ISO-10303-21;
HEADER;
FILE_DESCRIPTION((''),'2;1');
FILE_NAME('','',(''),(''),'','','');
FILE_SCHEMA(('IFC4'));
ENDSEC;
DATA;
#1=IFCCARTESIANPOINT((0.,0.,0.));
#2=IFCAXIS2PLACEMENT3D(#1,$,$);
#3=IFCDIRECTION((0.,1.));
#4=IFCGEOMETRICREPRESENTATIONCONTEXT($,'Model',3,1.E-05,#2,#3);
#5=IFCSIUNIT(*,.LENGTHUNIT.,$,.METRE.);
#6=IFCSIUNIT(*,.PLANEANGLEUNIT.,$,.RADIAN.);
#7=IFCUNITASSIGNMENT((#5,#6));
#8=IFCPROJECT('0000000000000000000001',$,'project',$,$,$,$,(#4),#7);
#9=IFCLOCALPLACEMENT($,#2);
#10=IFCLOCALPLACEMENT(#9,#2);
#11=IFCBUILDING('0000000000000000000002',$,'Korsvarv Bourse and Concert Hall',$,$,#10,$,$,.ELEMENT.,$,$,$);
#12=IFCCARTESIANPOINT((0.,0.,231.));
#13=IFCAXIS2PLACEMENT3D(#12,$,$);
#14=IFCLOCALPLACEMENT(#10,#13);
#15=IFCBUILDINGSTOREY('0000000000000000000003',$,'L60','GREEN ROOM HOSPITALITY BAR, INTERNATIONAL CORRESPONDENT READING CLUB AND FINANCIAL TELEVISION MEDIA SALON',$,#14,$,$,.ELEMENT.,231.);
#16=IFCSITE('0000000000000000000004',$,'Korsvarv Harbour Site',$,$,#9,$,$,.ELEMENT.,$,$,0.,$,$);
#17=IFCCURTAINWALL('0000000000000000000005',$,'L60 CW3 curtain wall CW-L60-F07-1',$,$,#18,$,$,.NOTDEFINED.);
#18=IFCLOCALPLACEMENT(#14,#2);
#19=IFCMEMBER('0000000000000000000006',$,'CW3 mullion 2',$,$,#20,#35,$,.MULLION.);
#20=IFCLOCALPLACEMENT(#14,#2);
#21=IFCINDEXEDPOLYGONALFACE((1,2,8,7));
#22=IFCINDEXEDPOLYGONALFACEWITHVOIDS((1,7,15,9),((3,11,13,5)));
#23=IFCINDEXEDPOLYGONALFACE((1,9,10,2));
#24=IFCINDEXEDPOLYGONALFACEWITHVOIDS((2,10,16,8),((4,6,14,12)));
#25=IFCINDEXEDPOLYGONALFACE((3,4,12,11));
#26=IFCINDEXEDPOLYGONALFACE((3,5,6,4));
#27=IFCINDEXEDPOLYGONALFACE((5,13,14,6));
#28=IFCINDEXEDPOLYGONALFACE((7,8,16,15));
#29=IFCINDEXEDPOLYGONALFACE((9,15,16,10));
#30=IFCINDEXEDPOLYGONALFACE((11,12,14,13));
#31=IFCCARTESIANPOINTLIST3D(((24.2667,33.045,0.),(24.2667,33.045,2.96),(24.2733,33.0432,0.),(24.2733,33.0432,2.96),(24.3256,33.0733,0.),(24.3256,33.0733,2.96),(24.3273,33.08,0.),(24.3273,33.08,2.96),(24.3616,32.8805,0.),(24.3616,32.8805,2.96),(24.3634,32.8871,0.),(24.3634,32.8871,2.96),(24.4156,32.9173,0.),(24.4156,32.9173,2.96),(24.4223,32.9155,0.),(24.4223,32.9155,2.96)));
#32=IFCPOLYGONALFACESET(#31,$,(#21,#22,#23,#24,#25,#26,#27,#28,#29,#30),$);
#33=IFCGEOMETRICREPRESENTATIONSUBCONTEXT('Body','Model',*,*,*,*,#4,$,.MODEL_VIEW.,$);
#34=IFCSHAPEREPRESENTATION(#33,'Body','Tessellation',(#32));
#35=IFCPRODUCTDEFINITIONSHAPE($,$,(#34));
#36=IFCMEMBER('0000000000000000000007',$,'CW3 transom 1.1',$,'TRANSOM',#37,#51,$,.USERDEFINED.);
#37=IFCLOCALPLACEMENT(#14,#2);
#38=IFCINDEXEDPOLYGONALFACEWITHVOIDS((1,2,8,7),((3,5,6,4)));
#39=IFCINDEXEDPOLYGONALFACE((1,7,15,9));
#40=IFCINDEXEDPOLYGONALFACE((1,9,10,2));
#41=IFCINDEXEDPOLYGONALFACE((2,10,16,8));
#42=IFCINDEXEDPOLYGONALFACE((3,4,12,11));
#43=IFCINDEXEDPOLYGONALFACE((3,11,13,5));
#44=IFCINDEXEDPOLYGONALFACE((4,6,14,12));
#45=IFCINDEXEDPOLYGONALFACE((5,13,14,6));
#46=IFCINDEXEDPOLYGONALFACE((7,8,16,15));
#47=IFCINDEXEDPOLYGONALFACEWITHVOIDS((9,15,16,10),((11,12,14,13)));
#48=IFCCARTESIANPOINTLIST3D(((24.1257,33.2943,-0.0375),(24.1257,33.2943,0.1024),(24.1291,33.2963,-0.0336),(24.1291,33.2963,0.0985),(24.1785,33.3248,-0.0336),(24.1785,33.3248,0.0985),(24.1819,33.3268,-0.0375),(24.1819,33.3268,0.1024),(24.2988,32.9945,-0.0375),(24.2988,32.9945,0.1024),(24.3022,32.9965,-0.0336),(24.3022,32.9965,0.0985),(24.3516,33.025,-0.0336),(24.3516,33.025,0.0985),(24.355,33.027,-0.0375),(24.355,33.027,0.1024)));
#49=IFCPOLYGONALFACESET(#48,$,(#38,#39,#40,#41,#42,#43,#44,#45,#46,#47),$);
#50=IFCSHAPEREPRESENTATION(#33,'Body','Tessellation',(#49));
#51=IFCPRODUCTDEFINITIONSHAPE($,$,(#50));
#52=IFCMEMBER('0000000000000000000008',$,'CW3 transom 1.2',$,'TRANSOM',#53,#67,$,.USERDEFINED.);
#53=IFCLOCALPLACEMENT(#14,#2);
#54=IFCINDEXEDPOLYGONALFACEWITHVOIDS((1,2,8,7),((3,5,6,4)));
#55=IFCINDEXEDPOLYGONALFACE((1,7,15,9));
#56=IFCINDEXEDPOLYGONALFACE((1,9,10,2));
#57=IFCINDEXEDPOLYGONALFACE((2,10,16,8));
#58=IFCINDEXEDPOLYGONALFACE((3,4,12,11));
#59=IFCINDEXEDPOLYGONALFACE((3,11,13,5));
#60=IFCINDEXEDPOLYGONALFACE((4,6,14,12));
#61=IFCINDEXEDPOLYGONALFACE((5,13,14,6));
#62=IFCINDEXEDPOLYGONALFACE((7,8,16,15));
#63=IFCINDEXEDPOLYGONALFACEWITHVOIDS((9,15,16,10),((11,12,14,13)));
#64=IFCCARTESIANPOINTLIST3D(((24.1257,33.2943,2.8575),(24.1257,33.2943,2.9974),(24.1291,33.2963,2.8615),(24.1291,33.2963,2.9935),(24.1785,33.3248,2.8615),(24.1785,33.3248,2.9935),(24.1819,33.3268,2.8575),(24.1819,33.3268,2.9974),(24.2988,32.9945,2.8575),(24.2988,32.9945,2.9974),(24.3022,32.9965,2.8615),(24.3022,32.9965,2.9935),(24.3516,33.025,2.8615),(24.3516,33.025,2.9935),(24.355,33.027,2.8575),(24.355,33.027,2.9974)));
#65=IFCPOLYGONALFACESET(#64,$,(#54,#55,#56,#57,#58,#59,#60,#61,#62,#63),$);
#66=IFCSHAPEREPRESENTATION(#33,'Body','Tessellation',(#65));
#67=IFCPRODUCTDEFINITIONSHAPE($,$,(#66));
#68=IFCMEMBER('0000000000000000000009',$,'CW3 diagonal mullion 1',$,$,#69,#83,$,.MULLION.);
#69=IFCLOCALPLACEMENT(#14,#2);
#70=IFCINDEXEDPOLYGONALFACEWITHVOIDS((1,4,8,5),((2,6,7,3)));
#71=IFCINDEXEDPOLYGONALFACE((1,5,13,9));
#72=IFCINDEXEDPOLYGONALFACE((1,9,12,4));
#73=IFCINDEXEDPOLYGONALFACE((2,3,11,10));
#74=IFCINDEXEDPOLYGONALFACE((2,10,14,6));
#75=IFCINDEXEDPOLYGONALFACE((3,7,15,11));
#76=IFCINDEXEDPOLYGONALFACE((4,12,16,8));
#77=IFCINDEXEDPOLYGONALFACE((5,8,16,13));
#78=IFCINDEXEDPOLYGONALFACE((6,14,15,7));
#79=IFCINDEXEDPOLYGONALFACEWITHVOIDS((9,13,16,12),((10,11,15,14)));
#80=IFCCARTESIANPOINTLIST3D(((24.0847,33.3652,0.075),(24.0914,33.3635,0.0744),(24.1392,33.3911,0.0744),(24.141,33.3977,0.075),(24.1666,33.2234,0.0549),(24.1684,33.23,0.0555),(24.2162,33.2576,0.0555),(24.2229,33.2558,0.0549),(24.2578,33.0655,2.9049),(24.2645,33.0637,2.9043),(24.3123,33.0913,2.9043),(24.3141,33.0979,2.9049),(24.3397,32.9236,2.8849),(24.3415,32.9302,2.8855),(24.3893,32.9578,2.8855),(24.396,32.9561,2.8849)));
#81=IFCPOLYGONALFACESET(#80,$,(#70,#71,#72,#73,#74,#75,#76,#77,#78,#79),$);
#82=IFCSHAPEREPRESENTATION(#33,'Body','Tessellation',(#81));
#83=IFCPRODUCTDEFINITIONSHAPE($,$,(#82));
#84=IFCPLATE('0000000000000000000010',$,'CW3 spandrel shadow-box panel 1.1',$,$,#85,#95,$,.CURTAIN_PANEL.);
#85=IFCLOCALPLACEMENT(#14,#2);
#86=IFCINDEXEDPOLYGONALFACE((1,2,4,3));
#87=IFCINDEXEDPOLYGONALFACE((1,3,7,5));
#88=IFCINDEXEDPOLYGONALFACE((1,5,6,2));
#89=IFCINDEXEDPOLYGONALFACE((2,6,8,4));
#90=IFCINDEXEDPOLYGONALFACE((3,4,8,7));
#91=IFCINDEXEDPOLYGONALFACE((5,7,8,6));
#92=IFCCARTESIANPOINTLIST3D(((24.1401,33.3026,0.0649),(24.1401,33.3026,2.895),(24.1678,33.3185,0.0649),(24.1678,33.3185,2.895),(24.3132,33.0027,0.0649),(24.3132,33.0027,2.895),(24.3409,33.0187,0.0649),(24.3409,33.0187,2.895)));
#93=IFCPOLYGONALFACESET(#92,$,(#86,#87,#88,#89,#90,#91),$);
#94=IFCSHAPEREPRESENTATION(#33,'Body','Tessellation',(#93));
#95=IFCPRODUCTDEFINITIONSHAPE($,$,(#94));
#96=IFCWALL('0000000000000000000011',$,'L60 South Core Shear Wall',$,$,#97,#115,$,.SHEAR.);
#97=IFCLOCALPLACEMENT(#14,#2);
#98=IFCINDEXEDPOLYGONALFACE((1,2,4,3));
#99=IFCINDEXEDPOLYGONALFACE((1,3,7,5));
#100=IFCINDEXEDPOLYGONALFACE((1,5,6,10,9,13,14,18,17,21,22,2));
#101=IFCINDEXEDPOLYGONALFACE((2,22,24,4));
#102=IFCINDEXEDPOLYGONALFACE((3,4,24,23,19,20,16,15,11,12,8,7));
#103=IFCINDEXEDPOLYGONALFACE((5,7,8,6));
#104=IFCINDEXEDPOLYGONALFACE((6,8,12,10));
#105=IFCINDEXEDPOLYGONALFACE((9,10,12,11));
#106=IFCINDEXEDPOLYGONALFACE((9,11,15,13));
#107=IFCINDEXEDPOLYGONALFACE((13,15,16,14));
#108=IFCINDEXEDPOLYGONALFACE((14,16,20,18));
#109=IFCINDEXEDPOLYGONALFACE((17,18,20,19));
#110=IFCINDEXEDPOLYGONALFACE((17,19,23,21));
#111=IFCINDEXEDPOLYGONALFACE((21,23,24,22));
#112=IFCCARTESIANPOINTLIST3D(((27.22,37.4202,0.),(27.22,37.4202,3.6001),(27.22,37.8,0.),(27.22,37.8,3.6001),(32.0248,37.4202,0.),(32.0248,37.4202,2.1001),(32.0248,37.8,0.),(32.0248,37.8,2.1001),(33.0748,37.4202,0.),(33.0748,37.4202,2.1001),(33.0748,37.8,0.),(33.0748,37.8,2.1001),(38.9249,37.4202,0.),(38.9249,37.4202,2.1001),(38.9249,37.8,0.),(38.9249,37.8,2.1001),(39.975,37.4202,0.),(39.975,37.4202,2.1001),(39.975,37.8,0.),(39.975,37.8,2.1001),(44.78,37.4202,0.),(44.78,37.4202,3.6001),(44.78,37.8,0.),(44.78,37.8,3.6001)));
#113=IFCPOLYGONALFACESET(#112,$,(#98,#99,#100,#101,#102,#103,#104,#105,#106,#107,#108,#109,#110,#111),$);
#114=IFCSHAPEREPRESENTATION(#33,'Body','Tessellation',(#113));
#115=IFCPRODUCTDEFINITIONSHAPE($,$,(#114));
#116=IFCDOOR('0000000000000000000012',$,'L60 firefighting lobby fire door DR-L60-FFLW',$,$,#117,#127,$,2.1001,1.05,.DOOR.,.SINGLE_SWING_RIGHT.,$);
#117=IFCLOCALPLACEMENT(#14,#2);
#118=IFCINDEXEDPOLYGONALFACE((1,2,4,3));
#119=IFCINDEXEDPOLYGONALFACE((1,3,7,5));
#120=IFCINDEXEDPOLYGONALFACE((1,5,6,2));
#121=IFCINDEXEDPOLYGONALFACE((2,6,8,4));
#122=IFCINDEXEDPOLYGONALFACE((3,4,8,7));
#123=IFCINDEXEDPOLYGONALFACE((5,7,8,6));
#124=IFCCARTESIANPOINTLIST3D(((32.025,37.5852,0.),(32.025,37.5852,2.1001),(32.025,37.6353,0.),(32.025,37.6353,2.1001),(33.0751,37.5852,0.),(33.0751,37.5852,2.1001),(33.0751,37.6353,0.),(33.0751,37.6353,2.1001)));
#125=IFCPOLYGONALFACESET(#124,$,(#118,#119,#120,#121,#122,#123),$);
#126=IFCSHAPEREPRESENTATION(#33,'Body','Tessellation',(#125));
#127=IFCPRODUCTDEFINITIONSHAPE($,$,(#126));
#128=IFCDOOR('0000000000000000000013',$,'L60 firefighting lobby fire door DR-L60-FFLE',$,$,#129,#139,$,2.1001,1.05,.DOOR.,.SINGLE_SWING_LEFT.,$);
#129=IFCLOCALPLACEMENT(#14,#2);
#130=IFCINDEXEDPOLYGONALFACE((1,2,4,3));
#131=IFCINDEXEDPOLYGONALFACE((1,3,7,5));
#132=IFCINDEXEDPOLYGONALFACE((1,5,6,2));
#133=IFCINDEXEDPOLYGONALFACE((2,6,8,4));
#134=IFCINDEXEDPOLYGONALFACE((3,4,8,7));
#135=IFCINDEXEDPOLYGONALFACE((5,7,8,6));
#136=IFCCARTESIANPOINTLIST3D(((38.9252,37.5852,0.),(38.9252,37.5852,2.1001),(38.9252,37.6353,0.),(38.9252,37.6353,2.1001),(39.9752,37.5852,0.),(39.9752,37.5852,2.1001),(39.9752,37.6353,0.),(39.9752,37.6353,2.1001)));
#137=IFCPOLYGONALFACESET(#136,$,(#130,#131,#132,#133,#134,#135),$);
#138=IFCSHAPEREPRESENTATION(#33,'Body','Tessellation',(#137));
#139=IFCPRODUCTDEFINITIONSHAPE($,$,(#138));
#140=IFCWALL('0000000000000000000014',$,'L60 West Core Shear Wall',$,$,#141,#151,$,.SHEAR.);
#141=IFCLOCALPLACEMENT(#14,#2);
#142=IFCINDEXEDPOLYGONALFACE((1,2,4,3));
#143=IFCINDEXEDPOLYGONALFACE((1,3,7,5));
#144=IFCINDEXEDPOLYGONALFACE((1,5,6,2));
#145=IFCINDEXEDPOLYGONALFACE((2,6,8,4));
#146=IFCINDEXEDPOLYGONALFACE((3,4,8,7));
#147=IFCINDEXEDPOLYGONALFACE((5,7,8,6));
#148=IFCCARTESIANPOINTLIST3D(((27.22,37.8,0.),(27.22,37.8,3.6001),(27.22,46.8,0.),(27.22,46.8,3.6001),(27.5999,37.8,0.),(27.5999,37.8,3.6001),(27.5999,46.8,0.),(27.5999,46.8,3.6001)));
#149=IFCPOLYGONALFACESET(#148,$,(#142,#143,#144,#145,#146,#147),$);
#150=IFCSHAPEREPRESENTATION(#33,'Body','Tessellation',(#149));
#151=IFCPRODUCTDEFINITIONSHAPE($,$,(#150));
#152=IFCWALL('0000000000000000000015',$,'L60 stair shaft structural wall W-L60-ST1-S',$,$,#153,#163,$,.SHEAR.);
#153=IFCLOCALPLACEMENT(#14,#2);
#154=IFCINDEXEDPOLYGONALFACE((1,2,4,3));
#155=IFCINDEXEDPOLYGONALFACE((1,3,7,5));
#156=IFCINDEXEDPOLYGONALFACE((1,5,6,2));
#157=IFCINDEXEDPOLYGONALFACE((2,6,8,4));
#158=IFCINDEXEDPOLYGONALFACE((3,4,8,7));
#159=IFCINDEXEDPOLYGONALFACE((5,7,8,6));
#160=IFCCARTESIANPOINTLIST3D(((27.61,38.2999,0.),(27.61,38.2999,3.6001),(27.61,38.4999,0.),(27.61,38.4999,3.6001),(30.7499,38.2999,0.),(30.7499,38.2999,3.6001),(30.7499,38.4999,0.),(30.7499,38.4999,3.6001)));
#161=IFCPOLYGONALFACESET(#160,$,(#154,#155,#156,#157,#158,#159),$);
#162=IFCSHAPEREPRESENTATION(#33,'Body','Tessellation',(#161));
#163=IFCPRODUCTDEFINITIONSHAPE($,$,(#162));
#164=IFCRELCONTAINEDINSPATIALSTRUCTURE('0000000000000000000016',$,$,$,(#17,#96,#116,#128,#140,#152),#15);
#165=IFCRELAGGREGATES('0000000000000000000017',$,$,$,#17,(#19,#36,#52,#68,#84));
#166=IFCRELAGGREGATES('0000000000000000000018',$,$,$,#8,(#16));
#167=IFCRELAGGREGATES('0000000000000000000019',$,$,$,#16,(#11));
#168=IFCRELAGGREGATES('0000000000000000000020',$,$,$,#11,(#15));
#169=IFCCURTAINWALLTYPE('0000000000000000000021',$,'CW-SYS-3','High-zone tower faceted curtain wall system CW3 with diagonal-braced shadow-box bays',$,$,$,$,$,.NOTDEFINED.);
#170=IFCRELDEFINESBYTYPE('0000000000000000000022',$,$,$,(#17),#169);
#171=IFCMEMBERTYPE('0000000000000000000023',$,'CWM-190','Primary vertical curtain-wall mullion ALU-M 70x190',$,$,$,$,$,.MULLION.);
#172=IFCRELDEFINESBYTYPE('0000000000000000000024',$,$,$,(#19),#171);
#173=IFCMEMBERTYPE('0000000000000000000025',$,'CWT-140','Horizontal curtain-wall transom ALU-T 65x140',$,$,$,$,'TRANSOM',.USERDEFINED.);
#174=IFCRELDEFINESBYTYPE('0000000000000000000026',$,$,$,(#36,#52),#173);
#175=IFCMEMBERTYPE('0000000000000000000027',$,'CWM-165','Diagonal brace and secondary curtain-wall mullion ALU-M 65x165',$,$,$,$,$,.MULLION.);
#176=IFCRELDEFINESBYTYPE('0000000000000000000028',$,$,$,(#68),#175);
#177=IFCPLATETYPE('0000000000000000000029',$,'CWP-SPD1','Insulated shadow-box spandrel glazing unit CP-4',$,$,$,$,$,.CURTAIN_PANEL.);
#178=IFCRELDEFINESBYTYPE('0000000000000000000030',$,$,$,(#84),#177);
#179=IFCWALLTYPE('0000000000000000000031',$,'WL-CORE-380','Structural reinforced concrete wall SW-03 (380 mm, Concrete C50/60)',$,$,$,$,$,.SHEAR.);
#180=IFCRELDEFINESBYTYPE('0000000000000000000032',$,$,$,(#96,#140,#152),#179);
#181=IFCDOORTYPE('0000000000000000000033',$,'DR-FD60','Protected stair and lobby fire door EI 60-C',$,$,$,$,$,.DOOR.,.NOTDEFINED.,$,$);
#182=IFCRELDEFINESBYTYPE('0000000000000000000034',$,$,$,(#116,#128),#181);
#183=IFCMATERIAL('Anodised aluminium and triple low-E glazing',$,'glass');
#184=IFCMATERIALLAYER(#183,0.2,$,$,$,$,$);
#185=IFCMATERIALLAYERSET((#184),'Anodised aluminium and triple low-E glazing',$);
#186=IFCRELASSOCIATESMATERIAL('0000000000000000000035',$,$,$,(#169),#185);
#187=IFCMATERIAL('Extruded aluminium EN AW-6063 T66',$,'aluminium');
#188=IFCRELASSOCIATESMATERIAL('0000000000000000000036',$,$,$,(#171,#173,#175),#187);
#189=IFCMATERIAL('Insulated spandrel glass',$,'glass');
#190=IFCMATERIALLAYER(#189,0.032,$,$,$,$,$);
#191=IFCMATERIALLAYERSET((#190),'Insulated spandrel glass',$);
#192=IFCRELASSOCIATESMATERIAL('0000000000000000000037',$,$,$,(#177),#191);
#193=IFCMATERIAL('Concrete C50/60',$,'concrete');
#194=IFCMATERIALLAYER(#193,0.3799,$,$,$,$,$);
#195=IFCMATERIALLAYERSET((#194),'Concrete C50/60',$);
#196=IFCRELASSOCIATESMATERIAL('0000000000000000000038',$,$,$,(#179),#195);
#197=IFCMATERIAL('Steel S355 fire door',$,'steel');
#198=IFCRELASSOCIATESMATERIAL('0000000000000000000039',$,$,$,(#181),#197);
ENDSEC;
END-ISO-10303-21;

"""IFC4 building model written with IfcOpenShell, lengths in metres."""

from ifc_helpers import new_model, si_unit, direction, frame, frame_2d, origin, origin_2d, place, context, subcontext, project, spatial, rectangle, hollow_rectangle, extrude, source, transform, mapped, material, layer, layer_set, material_profile, profile_set, type_object, element, fill, aggregate, save


model = new_model("IFC4")

# Units and contexts
model_context = context("Model", 3, precision=1e-05, world=origin(), true_north=direction((0.0, 1.0)))
body_context = subcontext(model_context, "Body", "Model", "MODEL_VIEW")
ifc_project = project(units=[si_unit("LENGTHUNIT", "METRE"), si_unit("PLANEANGLEUNIT", "RADIAN")], contexts=[model_context])

# Site, building, storey
site_placement = place(None, origin())
site = spatial("IfcSite", under=ifc_project, at=site_placement, Name="Korsvarv Harbour Site", CompositionType="ELEMENT", RefElevation=0.0)
building_placement = place(site_placement, origin())
building = spatial("IfcBuilding", under=site, at=building_placement, Name="Korsvarv Bourse and Concert Hall", CompositionType="ELEMENT")
storey_placement = place(building_placement, frame((0.0, 0.0, 231.0)))
storey = spatial("IfcBuildingStorey", under=building, at=storey_placement, Name="L60", Description="GREEN ROOM HOSPITALITY BAR, INTERNATIONAL CORRESPONDENT READING CLUB AND FINANCIAL TELEVISION MEDIA SALON", CompositionType="ELEMENT", Elevation=231.0)

# Curtain wall, members, plate
ifc_material_1 = material(Name="Anodised aluminium and triple low-E glazing", Category="glass")
ifc_layer_1 = layer(ifc_material_1, 0.2)
ifc_layer_set_1 = layer_set([ifc_layer_1], Name="Anodised aluminium and triple low-E glazing")
curtain_wall_type = type_object("IfcCurtainWallType", Name="CW-SYS-3", Description="High-zone tower faceted curtain wall system CW3 with diagonal-braced shadow-box bays", PredefinedType="NOTDEFINED", material=ifc_layer_set_1)
curtain_wall_placement = place(storey_placement, origin())
curtain_wall = element("IfcCurtainWall", 1, at=curtain_wall_placement, inside=storey, type_object=curtain_wall_type, Name="L60 CW3 curtain wall CW-L60-F07-1", PredefinedType="NOTDEFINED")
ifc_material_2 = material(Name="Extruded aluminium EN AW-6063 T66", Category="aluminium")
ifc_material_profile_1 = material_profile(ifc_material_2, hollow_rectangle(XDim=0.0701, YDim=0.1899, WallThickness=0.0049, at=origin_2d()), Name="ALU-M 70x190")
ifc_profile_set_1 = profile_set([ifc_material_profile_1], Name="Extruded aluminium EN AW-6063 T66")
member_type_1 = type_object("IfcMemberType", Name="CWM-190", Description="Primary vertical curtain-wall mullion ALU-M 70x190", PredefinedType="MULLION", material=ifc_profile_set_1)
shared_shape_1 = source(origin(), body_context, "Body", "SweptSolid", [
    extrude(hollow_rectangle(XDim=0.0701, YDim=0.1899, WallThickness=0.0049, at=origin_2d()), origin(), (0.0, 0.0, 1.0), 2.96),
])
member_1_placement = place(storey_placement, frame((24.3445, 32.9802, 0.0), z_axis=(0.0, 0.0, 1.0), x_axis=(0.866045, 0.499966, 0.0)))
member_1 = element("IfcMember", 2, at=member_1_placement, type_object=member_type_1, Name="CW3 mullion 2", PredefinedType="MULLION", context=body_context, shape_type="MappedRepresentation", body=[
    mapped(shared_shape_1, transform((0.0, 0.0, 0.0), scale=1.0)),
])
ifc_material_profile_2 = material_profile(ifc_material_2, hollow_rectangle(XDim=0.0649, YDim=0.1399, WallThickness=0.0039, at=origin_2d()), Name="ALU-T 65x140")
ifc_profile_set_2 = profile_set([ifc_material_profile_2], Name="Extruded aluminium EN AW-6063 T66")
member_type_2 = type_object("IfcMemberType", Name="CWT-140", Description="Horizontal curtain-wall transom ALU-T 65x140", ElementType="TRANSOM", PredefinedType="USERDEFINED", material=ifc_profile_set_2)
shared_shape_2 = source(origin(), body_context, "Body", "SweptSolid", [
    extrude(hollow_rectangle(XDim=0.0649, YDim=0.1399, WallThickness=0.0039, at=origin_2d()), origin(), (0.0, 0.0, 1.0), 0.3462),
])
member_2_placement = place(storey_placement, frame((24.1538, 33.3105, 0.0325), z_axis=(0.500007, -0.866021, 0.0), x_axis=(0.866021, 0.500007, 0.0)))
member_2 = element("IfcMember", 3, at=member_2_placement, type_object=member_type_2, Name="CW3 transom 1.1", ObjectType="TRANSOM", PredefinedType="USERDEFINED", context=body_context, shape_type="MappedRepresentation", body=[
    mapped(shared_shape_2, transform((0.0, 0.0, 0.0), scale=1.0)),
])
member_3_placement = place(storey_placement, frame((24.1538, 33.3105, 2.9275), z_axis=(0.500007, -0.866021, 0.0), x_axis=(0.866021, 0.500007, 0.0)))
member_3 = element("IfcMember", 4, at=member_3_placement, type_object=member_type_2, Name="CW3 transom 1.2", ObjectType="TRANSOM", PredefinedType="USERDEFINED", context=body_context, shape_type="MappedRepresentation", body=[
    mapped(shared_shape_2, transform((0.0, 0.0, 0.0), scale=1.0)),
])
ifc_material_profile_3 = material_profile(ifc_material_2, hollow_rectangle(XDim=0.0649, YDim=0.165, WallThickness=0.0049, at=origin_2d()), Name="ALU-M 65x165")
ifc_profile_set_3 = profile_set([ifc_material_profile_3], Name="Extruded aluminium EN AW-6063 T66")
member_type_3 = type_object("IfcMemberType", Name="CWM-165", Description="Diagonal brace and secondary curtain-wall mullion ALU-M 65x165", PredefinedType="MULLION", material=ifc_profile_set_3)
shared_shape_3 = source(origin(), body_context, "Body", "SweptSolid", [
    extrude(hollow_rectangle(XDim=0.0649, YDim=0.165, WallThickness=0.0049, at=origin_2d()), origin(), (0.0, 0.0, 1.0), 2.8511),
])
member_4_placement = place(storey_placement, frame((24.1538, 33.3105, 0.0649), z_axis=(0.06071, -0.105151, 0.992601), x_axis=(0.866021, 0.500007, 0.0)))
member_4 = element("IfcMember", 5, at=member_4_placement, type_object=member_type_3, Name="CW3 diagonal mullion 1", PredefinedType="MULLION", context=body_context, shape_type="MappedRepresentation", body=[
    mapped(shared_shape_3, transform((0.0, 0.0, 0.0), scale=1.0)),
])
ifc_material_3 = material(Name="Insulated spandrel glass", Category="glass")
ifc_layer_2 = layer(ifc_material_3, 0.032)
ifc_layer_set_2 = layer_set([ifc_layer_2], Name="Insulated spandrel glass")
plate_type = type_object("IfcPlateType", Name="CWP-SPD1", Description="Insulated shadow-box spandrel glazing unit CP-4", PredefinedType="CURTAIN_PANEL", material=ifc_layer_set_2)
shared_shape_4 = source(origin(), body_context, "Body", "SweptSolid", [
    extrude(rectangle(XDim=0.3462, YDim=0.032, at=origin_2d()), origin(), (0.0, 0.0, 1.0), 2.8301),
])
plate_placement = place(storey_placement, frame((24.2405, 33.1606, 0.0649), z_axis=(0.0, 0.0, 1.0), x_axis=(0.499966, -0.866045, 0.0)))
plate = element("IfcPlate", 6, at=plate_placement, type_object=plate_type, Name="CW3 spandrel shadow-box panel 1.1", PredefinedType="CURTAIN_PANEL", context=body_context, shape_type="MappedRepresentation", body=[
    mapped(shared_shape_4, transform((0.0, 0.0, 0.0), scale=1.0)),
])
aggregate(curtain_wall, [member_1, member_2, member_3, member_4, plate])

# Wall, openings, doors
ifc_material_4 = material(Name="Concrete C50/60", Category="concrete")
ifc_layer_3 = layer(ifc_material_4, 0.3799)
ifc_layer_set_3 = layer_set([ifc_layer_3], Name="Concrete C50/60")
wall_type_1 = type_object("IfcWallType", Name="WL-CORE-380", Description="Structural reinforced concrete wall SW-03 (380 mm, Concrete C50/60)", PredefinedType="SHEAR", material=ifc_layer_set_3)
wall_1_placement = place(storey_placement, frame((27.22, 37.6101, 0.0), z_axis=(0.0, 0.0, 1.0), x_axis=(1.0, 0.0, 0.0)))
wall_1 = element("IfcWall", 7, at=wall_1_placement, inside=storey, type_object=wall_type_1, Name="L60 South Core Shear Wall", PredefinedType="SHEAR", context=body_context, shape_type="SweptSolid", body=[
    extrude(rectangle(XDim=17.5601, YDim=0.3799, at=frame_2d((8.78, 0.0))), origin(), (0.0, 0.0, 1.0), 3.6001),
])
opening_1_placement = place(wall_1_placement, frame((4.8049, 0.0, 0.0)))
opening_1 = element("IfcOpeningElement", 8, at=opening_1_placement, cuts=wall_1, PredefinedType="OPENING", context=body_context, shape_type="SweptSolid", body=[
    extrude(rectangle(XDim=1.05, YDim=2.1001, at=frame_2d((0.5249, 1.05))), frame((0.0, 0.2, 0.0), z_axis=(0.0, -1.0, 0.0), x_axis=(1.0, 0.0, 0.0)), (0.0, 0.0, 1.0), 0.3999),
])
opening_2_placement = place(wall_1_placement, frame((11.7051, 0.0, 0.0)))
opening_2 = element("IfcOpeningElement", 9, at=opening_2_placement, cuts=wall_1, PredefinedType="OPENING", context=body_context, shape_type="SweptSolid", body=[
    extrude(rectangle(XDim=1.05, YDim=2.1001, at=frame_2d((0.5249, 1.05))), frame((0.0, 0.2, 0.0), z_axis=(0.0, -1.0, 0.0), x_axis=(1.0, 0.0, 0.0)), (0.0, 0.0, 1.0), 0.3999),
])
ifc_material_5 = material(Name="Steel S355 fire door", Category="steel")
door_type = type_object("IfcDoorType", Name="DR-FD60", Description="Protected stair and lobby fire door EI 60-C", OperationType="NOTDEFINED", PredefinedType="DOOR", material=ifc_material_5)
door_1_placement = place(opening_1_placement, frame((1.05, 0.0, 0.0), z_axis=(0.0, 0.0, 1.0), x_axis=(-1.0, 0.0, 0.0)))
door_1 = element("IfcDoor", 10, at=door_1_placement, inside=storey, type_object=door_type, Name="L60 firefighting lobby fire door DR-L60-FFLW", OperationType="SINGLE_SWING_RIGHT", OverallHeight=2.1001, OverallWidth=1.05, PredefinedType="DOOR", context=body_context, shape_type="SweptSolid", body=[
    extrude(rectangle(XDim=1.05, YDim=2.1001, at=frame_2d((0.5249, 1.05))), frame((0.0, 0.0249, 0.0), z_axis=(0.0, -1.0, 0.0), x_axis=(1.0, 0.0, 0.0)), (0.0, 0.0, 1.0), 0.05),
])
fill(opening_1, door_1)
door_2_placement = place(opening_2_placement, frame((1.05, 0.0, 0.0), z_axis=(0.0, 0.0, 1.0), x_axis=(-1.0, 0.0, 0.0)))
door_2 = element("IfcDoor", 11, at=door_2_placement, inside=storey, type_object=door_type, Name="L60 firefighting lobby fire door DR-L60-FFLE", OperationType="SINGLE_SWING_LEFT", OverallHeight=2.1001, OverallWidth=1.05, PredefinedType="DOOR", context=body_context, shape_type="SweptSolid", body=[
    extrude(rectangle(XDim=1.05, YDim=2.1001, at=frame_2d((0.5249, 1.05))), frame((0.0, 0.0249, 0.0), z_axis=(0.0, -1.0, 0.0), x_axis=(1.0, 0.0, 0.0)), (0.0, 0.0, 1.0), 0.05),
])
fill(opening_2, door_2)

# Walls
wall_2_placement = place(storey_placement, frame((27.4099, 37.8, 0.0), z_axis=(0.0, 0.0, 1.0), x_axis=(0.0, 1.0, 0.0)))
element("IfcWall", 12, at=wall_2_placement, inside=storey, type_object=wall_type_1, Name="L60 West Core Shear Wall", PredefinedType="SHEAR", context=body_context, shape_type="SweptSolid", body=[
    extrude(rectangle(XDim=9.0, YDim=0.3799, at=frame_2d((4.5, 0.0))), origin(), (0.0, 0.0, 1.0), 3.6001),
])
wall_3_placement = place(storey_placement, frame((27.6101, 38.3999, 0.0), z_axis=(0.0, 0.0, 1.0), x_axis=(1.0, 0.0, 0.0)))
element("IfcWall", 13, at=wall_3_placement, inside=storey, type_object=wall_type_1, Name="L60 stair shaft structural wall W-L60-ST1-S", PredefinedType="SHEAR", context=body_context, shape_type="SweptSolid", body=[
    extrude(rectangle(XDim=3.1399, YDim=0.2, at=frame_2d((1.5698, 0.0))), origin(), (0.0, 0.0, 1.0), 3.6001),
])

save(model, "model.ifc")
